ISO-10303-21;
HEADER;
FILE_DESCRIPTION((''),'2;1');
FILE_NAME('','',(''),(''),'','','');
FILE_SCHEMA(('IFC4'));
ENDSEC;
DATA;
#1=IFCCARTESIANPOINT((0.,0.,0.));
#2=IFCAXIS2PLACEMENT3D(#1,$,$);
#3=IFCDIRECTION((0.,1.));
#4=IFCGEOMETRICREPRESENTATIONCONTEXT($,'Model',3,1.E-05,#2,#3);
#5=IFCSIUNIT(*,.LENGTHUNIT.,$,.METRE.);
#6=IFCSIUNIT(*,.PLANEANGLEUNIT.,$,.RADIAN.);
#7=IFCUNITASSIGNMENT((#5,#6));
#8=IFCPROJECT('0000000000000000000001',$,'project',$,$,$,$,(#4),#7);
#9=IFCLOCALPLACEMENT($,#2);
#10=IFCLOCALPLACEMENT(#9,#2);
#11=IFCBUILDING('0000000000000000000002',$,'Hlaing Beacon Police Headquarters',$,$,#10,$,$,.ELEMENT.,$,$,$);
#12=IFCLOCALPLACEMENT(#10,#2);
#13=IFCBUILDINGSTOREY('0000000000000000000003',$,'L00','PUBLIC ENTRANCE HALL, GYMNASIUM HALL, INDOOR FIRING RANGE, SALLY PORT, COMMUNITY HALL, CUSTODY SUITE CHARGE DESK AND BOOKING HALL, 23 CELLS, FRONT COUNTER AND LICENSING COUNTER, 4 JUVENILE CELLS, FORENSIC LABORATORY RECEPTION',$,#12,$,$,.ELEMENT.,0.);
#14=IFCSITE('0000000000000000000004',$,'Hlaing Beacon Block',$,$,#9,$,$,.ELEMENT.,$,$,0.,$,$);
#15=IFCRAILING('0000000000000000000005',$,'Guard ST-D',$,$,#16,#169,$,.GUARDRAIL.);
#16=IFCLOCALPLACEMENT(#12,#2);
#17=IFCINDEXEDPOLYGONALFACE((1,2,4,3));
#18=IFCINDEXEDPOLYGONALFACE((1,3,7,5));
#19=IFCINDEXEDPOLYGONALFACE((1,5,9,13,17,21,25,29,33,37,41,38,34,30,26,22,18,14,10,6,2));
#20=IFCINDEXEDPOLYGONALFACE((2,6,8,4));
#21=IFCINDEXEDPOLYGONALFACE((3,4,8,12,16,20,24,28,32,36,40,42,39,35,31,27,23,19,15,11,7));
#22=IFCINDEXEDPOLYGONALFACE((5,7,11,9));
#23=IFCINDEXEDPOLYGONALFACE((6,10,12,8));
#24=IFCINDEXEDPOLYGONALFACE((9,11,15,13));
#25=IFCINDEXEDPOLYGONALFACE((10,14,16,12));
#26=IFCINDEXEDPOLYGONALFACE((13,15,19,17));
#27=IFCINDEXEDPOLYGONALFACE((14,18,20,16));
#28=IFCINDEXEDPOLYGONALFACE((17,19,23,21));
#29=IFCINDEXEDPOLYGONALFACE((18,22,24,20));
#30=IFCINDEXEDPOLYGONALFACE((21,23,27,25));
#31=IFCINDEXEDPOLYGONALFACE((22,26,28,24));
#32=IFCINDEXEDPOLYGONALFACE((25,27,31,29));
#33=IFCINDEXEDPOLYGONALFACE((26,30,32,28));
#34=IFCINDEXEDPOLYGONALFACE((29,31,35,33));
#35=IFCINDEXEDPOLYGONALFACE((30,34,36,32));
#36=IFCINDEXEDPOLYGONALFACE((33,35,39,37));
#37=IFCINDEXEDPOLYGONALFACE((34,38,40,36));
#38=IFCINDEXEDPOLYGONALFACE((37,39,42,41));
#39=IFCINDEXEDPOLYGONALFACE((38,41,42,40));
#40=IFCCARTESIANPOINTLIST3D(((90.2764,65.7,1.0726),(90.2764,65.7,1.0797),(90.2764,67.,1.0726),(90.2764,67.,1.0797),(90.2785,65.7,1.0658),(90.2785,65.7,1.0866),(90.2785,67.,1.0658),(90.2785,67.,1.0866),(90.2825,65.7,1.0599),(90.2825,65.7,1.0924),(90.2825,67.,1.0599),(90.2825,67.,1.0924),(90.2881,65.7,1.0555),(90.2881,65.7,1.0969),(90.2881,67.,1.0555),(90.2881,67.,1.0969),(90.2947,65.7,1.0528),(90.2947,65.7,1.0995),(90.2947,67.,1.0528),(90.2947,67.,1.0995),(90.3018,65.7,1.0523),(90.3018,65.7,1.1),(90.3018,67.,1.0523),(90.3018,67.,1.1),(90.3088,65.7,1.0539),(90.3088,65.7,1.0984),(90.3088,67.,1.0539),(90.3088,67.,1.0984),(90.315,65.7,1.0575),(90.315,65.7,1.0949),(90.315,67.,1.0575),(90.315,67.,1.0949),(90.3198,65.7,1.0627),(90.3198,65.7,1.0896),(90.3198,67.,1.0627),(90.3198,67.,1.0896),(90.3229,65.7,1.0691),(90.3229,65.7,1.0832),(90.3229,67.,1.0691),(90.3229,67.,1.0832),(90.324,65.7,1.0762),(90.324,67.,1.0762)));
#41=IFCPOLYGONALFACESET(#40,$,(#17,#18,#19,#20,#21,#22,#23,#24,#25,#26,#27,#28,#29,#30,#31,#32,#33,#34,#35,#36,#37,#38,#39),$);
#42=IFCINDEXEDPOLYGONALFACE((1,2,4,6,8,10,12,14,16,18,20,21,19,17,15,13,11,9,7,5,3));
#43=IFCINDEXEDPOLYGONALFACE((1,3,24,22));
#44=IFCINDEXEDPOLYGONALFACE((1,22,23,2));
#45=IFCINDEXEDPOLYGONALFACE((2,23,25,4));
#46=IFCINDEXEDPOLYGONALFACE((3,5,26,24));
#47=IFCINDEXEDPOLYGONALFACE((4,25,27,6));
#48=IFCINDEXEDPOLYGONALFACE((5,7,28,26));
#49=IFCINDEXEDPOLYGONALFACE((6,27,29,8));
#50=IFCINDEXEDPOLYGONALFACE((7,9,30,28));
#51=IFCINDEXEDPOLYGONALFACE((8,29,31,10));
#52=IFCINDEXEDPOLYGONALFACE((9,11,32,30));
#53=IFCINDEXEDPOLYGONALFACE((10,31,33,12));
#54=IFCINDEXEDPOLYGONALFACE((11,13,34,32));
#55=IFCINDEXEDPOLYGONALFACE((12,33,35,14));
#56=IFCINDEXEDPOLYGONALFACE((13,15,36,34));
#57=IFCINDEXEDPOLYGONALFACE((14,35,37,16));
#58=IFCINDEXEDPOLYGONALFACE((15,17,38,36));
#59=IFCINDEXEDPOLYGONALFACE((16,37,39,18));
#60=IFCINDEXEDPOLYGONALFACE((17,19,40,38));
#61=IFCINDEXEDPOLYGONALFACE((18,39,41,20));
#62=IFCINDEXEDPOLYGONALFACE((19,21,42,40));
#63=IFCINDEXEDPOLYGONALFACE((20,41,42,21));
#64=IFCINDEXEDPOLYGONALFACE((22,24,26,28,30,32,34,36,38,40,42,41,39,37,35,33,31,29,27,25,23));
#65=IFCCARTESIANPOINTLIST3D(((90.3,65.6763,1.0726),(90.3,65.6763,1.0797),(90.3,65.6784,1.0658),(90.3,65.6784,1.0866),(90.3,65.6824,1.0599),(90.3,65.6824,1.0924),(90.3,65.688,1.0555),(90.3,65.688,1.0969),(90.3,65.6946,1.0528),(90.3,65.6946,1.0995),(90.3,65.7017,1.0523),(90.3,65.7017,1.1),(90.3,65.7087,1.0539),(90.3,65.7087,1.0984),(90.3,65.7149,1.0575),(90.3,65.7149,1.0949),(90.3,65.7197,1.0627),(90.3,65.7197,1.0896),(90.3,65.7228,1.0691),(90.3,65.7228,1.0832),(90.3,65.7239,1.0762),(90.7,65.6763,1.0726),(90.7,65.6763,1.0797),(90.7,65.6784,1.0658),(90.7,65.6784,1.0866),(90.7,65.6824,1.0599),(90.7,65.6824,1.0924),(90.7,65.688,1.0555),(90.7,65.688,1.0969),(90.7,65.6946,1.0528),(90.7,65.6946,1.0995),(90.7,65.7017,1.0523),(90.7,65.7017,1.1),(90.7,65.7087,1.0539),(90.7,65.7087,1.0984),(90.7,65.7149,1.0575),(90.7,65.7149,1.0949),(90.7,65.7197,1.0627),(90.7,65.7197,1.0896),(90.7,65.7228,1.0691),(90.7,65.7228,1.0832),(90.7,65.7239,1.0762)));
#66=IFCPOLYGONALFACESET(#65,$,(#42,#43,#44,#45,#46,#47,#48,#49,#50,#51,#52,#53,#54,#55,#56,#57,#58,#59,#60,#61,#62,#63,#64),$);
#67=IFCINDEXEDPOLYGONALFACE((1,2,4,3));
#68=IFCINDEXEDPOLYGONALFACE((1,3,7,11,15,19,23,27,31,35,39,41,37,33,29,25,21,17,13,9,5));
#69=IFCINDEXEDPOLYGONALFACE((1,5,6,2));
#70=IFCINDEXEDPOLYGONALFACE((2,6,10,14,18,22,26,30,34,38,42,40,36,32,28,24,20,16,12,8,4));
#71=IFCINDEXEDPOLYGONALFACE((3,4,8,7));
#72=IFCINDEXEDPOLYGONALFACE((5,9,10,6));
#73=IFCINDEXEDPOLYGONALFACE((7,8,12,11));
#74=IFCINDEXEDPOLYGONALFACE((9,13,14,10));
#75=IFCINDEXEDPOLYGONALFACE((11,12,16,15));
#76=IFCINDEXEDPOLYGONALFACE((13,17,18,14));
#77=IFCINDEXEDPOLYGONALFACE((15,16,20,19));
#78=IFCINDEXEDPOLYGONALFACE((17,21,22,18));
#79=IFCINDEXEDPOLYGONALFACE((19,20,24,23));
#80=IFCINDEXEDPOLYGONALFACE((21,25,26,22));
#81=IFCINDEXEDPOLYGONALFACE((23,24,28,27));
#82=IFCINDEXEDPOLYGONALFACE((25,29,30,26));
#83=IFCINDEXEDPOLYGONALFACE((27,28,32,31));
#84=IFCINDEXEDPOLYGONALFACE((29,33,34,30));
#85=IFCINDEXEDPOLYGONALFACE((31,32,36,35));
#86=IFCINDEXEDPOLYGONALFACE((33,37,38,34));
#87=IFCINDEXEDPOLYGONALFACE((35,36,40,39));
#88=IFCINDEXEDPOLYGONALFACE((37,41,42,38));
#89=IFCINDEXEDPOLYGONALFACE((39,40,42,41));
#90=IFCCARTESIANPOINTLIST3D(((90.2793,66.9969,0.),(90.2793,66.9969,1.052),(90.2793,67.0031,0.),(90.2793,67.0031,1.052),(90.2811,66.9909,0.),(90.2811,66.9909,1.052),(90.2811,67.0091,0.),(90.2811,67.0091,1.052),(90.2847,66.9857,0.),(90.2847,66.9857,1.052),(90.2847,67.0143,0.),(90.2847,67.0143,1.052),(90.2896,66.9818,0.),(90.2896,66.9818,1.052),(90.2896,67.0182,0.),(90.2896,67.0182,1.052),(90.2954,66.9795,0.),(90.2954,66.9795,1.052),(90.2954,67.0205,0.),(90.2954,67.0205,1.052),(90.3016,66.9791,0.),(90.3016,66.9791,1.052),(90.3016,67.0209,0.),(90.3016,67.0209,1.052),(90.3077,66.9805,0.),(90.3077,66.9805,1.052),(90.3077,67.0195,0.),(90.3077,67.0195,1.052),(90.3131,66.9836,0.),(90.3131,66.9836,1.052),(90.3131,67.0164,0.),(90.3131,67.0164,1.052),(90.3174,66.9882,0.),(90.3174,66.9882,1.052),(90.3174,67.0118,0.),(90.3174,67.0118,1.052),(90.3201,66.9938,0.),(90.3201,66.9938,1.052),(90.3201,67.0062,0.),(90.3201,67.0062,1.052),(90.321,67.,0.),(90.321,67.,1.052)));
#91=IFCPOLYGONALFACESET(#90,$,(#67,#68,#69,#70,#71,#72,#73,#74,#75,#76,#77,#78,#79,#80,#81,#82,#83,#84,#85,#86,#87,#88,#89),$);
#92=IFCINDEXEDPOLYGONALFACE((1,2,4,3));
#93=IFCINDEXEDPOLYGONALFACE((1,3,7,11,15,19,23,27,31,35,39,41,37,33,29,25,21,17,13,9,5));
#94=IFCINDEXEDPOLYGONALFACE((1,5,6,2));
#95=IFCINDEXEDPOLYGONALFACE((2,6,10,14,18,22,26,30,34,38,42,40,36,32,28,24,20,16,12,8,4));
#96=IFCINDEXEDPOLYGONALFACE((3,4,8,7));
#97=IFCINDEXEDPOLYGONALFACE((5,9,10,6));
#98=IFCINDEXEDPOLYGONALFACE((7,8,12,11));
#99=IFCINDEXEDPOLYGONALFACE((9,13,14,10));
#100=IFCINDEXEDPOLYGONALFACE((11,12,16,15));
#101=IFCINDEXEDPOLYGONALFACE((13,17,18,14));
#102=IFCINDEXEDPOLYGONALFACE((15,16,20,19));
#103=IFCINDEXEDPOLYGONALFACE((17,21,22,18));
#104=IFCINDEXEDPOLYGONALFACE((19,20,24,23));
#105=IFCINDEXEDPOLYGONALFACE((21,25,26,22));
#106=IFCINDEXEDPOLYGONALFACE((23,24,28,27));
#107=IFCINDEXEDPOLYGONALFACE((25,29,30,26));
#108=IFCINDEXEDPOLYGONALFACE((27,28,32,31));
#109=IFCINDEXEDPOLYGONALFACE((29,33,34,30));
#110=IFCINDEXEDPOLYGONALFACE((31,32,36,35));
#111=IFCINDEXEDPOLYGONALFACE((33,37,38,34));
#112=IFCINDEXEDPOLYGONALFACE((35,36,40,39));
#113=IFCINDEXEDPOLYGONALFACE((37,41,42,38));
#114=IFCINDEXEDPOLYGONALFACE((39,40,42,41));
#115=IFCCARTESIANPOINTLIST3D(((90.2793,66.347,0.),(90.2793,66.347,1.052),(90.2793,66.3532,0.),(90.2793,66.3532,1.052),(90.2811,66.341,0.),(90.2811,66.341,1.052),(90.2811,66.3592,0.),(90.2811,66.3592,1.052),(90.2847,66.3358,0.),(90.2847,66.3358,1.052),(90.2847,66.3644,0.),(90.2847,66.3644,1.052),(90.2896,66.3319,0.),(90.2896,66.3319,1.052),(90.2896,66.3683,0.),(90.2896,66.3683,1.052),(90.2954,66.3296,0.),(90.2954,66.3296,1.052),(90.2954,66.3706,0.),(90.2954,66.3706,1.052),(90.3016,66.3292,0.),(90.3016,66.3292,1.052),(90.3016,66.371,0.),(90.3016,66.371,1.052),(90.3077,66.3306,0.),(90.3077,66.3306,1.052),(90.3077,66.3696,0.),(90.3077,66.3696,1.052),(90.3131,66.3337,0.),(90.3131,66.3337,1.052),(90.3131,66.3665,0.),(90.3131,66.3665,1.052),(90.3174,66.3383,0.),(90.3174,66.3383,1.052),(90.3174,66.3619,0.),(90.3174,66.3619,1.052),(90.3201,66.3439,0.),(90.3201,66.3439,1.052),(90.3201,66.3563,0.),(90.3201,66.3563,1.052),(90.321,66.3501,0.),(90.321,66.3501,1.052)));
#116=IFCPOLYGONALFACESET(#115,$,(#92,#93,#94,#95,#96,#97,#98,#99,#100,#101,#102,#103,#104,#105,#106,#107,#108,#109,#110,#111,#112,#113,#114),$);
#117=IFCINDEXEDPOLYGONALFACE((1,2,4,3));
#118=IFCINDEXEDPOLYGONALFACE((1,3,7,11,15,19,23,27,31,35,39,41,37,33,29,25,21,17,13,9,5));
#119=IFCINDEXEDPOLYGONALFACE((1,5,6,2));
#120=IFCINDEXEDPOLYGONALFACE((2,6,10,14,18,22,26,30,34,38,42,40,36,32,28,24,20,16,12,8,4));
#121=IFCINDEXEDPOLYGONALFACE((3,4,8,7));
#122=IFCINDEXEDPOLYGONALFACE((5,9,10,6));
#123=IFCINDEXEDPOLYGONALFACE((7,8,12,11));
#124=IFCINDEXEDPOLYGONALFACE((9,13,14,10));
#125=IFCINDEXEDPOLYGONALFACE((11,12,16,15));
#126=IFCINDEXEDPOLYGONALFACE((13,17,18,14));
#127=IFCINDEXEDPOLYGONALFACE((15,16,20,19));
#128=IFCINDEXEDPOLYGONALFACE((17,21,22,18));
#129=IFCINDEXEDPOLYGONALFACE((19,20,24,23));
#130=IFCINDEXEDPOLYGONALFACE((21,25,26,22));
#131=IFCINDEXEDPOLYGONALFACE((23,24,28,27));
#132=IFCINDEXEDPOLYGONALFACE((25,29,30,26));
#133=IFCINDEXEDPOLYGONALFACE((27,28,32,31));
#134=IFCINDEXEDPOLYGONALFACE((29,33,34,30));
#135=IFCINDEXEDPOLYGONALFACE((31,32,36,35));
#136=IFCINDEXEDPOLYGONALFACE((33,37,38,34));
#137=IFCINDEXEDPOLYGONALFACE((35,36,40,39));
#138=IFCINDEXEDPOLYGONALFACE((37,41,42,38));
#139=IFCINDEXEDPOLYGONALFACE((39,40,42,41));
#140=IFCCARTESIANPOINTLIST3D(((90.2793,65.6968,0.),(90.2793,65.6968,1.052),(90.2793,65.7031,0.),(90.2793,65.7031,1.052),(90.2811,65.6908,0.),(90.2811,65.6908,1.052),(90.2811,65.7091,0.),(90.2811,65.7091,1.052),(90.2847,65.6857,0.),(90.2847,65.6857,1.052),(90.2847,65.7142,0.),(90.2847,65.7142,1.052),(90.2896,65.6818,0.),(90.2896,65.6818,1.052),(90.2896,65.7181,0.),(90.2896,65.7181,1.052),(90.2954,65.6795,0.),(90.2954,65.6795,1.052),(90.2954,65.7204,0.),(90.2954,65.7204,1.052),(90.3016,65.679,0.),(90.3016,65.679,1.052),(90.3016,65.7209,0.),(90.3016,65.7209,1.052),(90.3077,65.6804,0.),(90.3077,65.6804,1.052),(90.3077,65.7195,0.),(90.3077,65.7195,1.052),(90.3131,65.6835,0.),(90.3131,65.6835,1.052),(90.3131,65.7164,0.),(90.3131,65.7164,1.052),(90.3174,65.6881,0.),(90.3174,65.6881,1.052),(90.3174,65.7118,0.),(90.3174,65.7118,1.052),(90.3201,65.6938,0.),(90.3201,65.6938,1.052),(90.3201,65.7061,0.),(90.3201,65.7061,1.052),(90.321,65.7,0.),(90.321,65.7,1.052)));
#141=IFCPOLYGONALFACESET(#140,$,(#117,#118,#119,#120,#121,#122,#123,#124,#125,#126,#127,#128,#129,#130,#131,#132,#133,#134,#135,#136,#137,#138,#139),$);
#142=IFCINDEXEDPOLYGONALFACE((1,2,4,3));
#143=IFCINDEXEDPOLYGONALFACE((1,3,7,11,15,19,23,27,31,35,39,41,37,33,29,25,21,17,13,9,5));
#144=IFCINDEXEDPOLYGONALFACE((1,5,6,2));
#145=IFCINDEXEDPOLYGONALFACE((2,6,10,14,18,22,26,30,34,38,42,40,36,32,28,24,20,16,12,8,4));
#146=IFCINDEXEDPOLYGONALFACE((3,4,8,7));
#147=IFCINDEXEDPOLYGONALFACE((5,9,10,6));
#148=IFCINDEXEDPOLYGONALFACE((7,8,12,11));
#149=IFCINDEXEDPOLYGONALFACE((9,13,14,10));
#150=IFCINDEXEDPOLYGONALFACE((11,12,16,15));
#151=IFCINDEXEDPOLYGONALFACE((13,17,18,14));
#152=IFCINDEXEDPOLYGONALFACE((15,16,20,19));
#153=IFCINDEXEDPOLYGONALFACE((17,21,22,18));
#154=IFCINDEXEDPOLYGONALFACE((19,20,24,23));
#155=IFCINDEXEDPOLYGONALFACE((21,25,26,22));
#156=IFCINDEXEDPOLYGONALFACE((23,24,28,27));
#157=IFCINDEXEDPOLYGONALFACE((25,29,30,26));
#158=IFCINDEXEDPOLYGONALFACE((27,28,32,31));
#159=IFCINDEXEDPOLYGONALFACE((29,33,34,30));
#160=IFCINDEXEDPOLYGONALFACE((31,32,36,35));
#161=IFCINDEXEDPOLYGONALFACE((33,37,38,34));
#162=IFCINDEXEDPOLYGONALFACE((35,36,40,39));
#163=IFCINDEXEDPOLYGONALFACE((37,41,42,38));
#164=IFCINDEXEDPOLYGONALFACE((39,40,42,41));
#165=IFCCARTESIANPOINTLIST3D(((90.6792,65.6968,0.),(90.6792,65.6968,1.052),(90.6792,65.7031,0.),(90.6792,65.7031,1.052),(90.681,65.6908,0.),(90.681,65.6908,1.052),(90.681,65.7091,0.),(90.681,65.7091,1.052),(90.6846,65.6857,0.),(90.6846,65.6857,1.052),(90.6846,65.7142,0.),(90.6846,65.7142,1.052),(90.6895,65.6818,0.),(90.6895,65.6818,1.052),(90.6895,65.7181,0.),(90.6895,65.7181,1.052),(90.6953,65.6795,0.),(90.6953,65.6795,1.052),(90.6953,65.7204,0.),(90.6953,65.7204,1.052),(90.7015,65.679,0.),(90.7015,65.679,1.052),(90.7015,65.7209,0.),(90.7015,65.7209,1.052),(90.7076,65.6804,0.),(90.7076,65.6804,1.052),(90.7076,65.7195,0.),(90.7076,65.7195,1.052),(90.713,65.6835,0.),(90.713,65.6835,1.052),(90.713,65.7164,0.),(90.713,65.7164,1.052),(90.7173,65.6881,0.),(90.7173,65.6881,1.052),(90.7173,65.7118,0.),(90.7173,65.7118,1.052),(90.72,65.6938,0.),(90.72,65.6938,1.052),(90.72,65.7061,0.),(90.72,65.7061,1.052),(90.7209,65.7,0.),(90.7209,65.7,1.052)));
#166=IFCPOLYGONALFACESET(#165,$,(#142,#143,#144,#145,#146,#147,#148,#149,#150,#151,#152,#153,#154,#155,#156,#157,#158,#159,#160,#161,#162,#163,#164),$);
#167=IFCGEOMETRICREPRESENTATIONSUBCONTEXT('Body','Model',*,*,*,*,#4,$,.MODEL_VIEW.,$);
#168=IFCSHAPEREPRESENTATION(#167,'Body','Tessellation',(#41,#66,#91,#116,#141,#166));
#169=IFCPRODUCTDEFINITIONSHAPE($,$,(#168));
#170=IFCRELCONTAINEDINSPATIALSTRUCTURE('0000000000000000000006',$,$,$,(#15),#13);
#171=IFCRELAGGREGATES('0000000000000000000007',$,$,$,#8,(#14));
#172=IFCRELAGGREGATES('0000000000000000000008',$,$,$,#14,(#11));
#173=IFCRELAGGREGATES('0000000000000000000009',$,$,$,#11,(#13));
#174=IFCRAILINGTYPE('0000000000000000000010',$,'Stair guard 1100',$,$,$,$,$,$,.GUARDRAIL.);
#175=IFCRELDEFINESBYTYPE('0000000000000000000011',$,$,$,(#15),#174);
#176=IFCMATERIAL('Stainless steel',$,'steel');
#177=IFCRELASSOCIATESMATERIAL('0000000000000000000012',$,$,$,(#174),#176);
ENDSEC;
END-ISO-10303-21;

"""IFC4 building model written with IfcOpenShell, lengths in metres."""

from ifc_helpers import new_model, si_unit, direction, frame, origin, origin_2d, place, context, subcontext, project, spatial, circle, extrude, material, type_object, element, save


model = new_model("IFC4")

# Units and contexts
model_context = context("Model", 3, precision=1e-05, world=origin(), true_north=direction((0.0, 1.0)))
body_context = subcontext(model_context, "Body", "Model", "MODEL_VIEW")
ifc_project = project(units=[si_unit("LENGTHUNIT", "METRE"), si_unit("PLANEANGLEUNIT", "RADIAN")], contexts=[model_context])

# Site, building, storey
site_placement = place(None, origin())
site = spatial("IfcSite", under=ifc_project, at=site_placement, Name="Hlaing Beacon Block", CompositionType="ELEMENT", RefElevation=0.0)
building_placement = place(site_placement, origin())
building = spatial("IfcBuilding", under=site, at=building_placement, Name="Hlaing Beacon Police Headquarters", CompositionType="ELEMENT")
storey_placement = place(building_placement, origin())
storey = spatial("IfcBuildingStorey", under=building, at=storey_placement, Name="L00", Description="PUBLIC ENTRANCE HALL, GYMNASIUM HALL, INDOOR FIRING RANGE, SALLY PORT, COMMUNITY HALL, CUSTODY SUITE CHARGE DESK AND BOOKING HALL, 23 CELLS, FRONT COUNTER AND LICENSING COUNTER, 4 JUVENILE CELLS, FORENSIC LABORATORY RECEPTION", CompositionType="ELEMENT", Elevation=0.0)

# Railing
ifc_material_1 = material(Name="Stainless steel", Category="steel")
railing_type_1 = type_object("IfcRailingType", Name="Stair guard 1100", PredefinedType="GUARDRAIL", material=ifc_material_1)
railing_1_placement = place(storey_placement, frame((90.3, 67.0, 0.0)))
element("IfcRailing", 1, at=railing_1_placement, inside=storey, type_object=railing_type_1, Name="Guard ST-D", PredefinedType="GUARDRAIL", context=body_context, shape_type="SweptSolid", body=[
    extrude(circle(Radius=0.0239, at=origin_2d()), frame((0.0, 0.0, 1.0762), z_axis=(0.0, -1.0, 0.0), x_axis=(1.0, 0.0, 0.0)), (0.0, 0.0, 1.0), 1.3),
    extrude(circle(Radius=0.0239, at=origin_2d()), frame((0.0, -1.3, 1.0762), z_axis=(1.0, 0.0, 0.0), x_axis=(0.0, 1.0, 0.0)), (0.0, 0.0, 1.0), 0.3999),
    extrude(circle(Radius=0.021, at=origin_2d()), origin(), (0.0, 0.0, 1.0), 1.052),
    extrude(circle(Radius=0.021, at=origin_2d()), frame((0.0, -0.6499, 0.0)), (0.0, 0.0, 1.0), 1.052),
    extrude(circle(Radius=0.021, at=origin_2d()), frame((0.0, -1.3, 0.0)), (0.0, 0.0, 1.0), 1.052),
    extrude(circle(Radius=0.021, at=origin_2d()), frame((0.3999, -1.3, 0.0)), (0.0, 0.0, 1.0), 1.052),
])

save(model, "model.ifc")
